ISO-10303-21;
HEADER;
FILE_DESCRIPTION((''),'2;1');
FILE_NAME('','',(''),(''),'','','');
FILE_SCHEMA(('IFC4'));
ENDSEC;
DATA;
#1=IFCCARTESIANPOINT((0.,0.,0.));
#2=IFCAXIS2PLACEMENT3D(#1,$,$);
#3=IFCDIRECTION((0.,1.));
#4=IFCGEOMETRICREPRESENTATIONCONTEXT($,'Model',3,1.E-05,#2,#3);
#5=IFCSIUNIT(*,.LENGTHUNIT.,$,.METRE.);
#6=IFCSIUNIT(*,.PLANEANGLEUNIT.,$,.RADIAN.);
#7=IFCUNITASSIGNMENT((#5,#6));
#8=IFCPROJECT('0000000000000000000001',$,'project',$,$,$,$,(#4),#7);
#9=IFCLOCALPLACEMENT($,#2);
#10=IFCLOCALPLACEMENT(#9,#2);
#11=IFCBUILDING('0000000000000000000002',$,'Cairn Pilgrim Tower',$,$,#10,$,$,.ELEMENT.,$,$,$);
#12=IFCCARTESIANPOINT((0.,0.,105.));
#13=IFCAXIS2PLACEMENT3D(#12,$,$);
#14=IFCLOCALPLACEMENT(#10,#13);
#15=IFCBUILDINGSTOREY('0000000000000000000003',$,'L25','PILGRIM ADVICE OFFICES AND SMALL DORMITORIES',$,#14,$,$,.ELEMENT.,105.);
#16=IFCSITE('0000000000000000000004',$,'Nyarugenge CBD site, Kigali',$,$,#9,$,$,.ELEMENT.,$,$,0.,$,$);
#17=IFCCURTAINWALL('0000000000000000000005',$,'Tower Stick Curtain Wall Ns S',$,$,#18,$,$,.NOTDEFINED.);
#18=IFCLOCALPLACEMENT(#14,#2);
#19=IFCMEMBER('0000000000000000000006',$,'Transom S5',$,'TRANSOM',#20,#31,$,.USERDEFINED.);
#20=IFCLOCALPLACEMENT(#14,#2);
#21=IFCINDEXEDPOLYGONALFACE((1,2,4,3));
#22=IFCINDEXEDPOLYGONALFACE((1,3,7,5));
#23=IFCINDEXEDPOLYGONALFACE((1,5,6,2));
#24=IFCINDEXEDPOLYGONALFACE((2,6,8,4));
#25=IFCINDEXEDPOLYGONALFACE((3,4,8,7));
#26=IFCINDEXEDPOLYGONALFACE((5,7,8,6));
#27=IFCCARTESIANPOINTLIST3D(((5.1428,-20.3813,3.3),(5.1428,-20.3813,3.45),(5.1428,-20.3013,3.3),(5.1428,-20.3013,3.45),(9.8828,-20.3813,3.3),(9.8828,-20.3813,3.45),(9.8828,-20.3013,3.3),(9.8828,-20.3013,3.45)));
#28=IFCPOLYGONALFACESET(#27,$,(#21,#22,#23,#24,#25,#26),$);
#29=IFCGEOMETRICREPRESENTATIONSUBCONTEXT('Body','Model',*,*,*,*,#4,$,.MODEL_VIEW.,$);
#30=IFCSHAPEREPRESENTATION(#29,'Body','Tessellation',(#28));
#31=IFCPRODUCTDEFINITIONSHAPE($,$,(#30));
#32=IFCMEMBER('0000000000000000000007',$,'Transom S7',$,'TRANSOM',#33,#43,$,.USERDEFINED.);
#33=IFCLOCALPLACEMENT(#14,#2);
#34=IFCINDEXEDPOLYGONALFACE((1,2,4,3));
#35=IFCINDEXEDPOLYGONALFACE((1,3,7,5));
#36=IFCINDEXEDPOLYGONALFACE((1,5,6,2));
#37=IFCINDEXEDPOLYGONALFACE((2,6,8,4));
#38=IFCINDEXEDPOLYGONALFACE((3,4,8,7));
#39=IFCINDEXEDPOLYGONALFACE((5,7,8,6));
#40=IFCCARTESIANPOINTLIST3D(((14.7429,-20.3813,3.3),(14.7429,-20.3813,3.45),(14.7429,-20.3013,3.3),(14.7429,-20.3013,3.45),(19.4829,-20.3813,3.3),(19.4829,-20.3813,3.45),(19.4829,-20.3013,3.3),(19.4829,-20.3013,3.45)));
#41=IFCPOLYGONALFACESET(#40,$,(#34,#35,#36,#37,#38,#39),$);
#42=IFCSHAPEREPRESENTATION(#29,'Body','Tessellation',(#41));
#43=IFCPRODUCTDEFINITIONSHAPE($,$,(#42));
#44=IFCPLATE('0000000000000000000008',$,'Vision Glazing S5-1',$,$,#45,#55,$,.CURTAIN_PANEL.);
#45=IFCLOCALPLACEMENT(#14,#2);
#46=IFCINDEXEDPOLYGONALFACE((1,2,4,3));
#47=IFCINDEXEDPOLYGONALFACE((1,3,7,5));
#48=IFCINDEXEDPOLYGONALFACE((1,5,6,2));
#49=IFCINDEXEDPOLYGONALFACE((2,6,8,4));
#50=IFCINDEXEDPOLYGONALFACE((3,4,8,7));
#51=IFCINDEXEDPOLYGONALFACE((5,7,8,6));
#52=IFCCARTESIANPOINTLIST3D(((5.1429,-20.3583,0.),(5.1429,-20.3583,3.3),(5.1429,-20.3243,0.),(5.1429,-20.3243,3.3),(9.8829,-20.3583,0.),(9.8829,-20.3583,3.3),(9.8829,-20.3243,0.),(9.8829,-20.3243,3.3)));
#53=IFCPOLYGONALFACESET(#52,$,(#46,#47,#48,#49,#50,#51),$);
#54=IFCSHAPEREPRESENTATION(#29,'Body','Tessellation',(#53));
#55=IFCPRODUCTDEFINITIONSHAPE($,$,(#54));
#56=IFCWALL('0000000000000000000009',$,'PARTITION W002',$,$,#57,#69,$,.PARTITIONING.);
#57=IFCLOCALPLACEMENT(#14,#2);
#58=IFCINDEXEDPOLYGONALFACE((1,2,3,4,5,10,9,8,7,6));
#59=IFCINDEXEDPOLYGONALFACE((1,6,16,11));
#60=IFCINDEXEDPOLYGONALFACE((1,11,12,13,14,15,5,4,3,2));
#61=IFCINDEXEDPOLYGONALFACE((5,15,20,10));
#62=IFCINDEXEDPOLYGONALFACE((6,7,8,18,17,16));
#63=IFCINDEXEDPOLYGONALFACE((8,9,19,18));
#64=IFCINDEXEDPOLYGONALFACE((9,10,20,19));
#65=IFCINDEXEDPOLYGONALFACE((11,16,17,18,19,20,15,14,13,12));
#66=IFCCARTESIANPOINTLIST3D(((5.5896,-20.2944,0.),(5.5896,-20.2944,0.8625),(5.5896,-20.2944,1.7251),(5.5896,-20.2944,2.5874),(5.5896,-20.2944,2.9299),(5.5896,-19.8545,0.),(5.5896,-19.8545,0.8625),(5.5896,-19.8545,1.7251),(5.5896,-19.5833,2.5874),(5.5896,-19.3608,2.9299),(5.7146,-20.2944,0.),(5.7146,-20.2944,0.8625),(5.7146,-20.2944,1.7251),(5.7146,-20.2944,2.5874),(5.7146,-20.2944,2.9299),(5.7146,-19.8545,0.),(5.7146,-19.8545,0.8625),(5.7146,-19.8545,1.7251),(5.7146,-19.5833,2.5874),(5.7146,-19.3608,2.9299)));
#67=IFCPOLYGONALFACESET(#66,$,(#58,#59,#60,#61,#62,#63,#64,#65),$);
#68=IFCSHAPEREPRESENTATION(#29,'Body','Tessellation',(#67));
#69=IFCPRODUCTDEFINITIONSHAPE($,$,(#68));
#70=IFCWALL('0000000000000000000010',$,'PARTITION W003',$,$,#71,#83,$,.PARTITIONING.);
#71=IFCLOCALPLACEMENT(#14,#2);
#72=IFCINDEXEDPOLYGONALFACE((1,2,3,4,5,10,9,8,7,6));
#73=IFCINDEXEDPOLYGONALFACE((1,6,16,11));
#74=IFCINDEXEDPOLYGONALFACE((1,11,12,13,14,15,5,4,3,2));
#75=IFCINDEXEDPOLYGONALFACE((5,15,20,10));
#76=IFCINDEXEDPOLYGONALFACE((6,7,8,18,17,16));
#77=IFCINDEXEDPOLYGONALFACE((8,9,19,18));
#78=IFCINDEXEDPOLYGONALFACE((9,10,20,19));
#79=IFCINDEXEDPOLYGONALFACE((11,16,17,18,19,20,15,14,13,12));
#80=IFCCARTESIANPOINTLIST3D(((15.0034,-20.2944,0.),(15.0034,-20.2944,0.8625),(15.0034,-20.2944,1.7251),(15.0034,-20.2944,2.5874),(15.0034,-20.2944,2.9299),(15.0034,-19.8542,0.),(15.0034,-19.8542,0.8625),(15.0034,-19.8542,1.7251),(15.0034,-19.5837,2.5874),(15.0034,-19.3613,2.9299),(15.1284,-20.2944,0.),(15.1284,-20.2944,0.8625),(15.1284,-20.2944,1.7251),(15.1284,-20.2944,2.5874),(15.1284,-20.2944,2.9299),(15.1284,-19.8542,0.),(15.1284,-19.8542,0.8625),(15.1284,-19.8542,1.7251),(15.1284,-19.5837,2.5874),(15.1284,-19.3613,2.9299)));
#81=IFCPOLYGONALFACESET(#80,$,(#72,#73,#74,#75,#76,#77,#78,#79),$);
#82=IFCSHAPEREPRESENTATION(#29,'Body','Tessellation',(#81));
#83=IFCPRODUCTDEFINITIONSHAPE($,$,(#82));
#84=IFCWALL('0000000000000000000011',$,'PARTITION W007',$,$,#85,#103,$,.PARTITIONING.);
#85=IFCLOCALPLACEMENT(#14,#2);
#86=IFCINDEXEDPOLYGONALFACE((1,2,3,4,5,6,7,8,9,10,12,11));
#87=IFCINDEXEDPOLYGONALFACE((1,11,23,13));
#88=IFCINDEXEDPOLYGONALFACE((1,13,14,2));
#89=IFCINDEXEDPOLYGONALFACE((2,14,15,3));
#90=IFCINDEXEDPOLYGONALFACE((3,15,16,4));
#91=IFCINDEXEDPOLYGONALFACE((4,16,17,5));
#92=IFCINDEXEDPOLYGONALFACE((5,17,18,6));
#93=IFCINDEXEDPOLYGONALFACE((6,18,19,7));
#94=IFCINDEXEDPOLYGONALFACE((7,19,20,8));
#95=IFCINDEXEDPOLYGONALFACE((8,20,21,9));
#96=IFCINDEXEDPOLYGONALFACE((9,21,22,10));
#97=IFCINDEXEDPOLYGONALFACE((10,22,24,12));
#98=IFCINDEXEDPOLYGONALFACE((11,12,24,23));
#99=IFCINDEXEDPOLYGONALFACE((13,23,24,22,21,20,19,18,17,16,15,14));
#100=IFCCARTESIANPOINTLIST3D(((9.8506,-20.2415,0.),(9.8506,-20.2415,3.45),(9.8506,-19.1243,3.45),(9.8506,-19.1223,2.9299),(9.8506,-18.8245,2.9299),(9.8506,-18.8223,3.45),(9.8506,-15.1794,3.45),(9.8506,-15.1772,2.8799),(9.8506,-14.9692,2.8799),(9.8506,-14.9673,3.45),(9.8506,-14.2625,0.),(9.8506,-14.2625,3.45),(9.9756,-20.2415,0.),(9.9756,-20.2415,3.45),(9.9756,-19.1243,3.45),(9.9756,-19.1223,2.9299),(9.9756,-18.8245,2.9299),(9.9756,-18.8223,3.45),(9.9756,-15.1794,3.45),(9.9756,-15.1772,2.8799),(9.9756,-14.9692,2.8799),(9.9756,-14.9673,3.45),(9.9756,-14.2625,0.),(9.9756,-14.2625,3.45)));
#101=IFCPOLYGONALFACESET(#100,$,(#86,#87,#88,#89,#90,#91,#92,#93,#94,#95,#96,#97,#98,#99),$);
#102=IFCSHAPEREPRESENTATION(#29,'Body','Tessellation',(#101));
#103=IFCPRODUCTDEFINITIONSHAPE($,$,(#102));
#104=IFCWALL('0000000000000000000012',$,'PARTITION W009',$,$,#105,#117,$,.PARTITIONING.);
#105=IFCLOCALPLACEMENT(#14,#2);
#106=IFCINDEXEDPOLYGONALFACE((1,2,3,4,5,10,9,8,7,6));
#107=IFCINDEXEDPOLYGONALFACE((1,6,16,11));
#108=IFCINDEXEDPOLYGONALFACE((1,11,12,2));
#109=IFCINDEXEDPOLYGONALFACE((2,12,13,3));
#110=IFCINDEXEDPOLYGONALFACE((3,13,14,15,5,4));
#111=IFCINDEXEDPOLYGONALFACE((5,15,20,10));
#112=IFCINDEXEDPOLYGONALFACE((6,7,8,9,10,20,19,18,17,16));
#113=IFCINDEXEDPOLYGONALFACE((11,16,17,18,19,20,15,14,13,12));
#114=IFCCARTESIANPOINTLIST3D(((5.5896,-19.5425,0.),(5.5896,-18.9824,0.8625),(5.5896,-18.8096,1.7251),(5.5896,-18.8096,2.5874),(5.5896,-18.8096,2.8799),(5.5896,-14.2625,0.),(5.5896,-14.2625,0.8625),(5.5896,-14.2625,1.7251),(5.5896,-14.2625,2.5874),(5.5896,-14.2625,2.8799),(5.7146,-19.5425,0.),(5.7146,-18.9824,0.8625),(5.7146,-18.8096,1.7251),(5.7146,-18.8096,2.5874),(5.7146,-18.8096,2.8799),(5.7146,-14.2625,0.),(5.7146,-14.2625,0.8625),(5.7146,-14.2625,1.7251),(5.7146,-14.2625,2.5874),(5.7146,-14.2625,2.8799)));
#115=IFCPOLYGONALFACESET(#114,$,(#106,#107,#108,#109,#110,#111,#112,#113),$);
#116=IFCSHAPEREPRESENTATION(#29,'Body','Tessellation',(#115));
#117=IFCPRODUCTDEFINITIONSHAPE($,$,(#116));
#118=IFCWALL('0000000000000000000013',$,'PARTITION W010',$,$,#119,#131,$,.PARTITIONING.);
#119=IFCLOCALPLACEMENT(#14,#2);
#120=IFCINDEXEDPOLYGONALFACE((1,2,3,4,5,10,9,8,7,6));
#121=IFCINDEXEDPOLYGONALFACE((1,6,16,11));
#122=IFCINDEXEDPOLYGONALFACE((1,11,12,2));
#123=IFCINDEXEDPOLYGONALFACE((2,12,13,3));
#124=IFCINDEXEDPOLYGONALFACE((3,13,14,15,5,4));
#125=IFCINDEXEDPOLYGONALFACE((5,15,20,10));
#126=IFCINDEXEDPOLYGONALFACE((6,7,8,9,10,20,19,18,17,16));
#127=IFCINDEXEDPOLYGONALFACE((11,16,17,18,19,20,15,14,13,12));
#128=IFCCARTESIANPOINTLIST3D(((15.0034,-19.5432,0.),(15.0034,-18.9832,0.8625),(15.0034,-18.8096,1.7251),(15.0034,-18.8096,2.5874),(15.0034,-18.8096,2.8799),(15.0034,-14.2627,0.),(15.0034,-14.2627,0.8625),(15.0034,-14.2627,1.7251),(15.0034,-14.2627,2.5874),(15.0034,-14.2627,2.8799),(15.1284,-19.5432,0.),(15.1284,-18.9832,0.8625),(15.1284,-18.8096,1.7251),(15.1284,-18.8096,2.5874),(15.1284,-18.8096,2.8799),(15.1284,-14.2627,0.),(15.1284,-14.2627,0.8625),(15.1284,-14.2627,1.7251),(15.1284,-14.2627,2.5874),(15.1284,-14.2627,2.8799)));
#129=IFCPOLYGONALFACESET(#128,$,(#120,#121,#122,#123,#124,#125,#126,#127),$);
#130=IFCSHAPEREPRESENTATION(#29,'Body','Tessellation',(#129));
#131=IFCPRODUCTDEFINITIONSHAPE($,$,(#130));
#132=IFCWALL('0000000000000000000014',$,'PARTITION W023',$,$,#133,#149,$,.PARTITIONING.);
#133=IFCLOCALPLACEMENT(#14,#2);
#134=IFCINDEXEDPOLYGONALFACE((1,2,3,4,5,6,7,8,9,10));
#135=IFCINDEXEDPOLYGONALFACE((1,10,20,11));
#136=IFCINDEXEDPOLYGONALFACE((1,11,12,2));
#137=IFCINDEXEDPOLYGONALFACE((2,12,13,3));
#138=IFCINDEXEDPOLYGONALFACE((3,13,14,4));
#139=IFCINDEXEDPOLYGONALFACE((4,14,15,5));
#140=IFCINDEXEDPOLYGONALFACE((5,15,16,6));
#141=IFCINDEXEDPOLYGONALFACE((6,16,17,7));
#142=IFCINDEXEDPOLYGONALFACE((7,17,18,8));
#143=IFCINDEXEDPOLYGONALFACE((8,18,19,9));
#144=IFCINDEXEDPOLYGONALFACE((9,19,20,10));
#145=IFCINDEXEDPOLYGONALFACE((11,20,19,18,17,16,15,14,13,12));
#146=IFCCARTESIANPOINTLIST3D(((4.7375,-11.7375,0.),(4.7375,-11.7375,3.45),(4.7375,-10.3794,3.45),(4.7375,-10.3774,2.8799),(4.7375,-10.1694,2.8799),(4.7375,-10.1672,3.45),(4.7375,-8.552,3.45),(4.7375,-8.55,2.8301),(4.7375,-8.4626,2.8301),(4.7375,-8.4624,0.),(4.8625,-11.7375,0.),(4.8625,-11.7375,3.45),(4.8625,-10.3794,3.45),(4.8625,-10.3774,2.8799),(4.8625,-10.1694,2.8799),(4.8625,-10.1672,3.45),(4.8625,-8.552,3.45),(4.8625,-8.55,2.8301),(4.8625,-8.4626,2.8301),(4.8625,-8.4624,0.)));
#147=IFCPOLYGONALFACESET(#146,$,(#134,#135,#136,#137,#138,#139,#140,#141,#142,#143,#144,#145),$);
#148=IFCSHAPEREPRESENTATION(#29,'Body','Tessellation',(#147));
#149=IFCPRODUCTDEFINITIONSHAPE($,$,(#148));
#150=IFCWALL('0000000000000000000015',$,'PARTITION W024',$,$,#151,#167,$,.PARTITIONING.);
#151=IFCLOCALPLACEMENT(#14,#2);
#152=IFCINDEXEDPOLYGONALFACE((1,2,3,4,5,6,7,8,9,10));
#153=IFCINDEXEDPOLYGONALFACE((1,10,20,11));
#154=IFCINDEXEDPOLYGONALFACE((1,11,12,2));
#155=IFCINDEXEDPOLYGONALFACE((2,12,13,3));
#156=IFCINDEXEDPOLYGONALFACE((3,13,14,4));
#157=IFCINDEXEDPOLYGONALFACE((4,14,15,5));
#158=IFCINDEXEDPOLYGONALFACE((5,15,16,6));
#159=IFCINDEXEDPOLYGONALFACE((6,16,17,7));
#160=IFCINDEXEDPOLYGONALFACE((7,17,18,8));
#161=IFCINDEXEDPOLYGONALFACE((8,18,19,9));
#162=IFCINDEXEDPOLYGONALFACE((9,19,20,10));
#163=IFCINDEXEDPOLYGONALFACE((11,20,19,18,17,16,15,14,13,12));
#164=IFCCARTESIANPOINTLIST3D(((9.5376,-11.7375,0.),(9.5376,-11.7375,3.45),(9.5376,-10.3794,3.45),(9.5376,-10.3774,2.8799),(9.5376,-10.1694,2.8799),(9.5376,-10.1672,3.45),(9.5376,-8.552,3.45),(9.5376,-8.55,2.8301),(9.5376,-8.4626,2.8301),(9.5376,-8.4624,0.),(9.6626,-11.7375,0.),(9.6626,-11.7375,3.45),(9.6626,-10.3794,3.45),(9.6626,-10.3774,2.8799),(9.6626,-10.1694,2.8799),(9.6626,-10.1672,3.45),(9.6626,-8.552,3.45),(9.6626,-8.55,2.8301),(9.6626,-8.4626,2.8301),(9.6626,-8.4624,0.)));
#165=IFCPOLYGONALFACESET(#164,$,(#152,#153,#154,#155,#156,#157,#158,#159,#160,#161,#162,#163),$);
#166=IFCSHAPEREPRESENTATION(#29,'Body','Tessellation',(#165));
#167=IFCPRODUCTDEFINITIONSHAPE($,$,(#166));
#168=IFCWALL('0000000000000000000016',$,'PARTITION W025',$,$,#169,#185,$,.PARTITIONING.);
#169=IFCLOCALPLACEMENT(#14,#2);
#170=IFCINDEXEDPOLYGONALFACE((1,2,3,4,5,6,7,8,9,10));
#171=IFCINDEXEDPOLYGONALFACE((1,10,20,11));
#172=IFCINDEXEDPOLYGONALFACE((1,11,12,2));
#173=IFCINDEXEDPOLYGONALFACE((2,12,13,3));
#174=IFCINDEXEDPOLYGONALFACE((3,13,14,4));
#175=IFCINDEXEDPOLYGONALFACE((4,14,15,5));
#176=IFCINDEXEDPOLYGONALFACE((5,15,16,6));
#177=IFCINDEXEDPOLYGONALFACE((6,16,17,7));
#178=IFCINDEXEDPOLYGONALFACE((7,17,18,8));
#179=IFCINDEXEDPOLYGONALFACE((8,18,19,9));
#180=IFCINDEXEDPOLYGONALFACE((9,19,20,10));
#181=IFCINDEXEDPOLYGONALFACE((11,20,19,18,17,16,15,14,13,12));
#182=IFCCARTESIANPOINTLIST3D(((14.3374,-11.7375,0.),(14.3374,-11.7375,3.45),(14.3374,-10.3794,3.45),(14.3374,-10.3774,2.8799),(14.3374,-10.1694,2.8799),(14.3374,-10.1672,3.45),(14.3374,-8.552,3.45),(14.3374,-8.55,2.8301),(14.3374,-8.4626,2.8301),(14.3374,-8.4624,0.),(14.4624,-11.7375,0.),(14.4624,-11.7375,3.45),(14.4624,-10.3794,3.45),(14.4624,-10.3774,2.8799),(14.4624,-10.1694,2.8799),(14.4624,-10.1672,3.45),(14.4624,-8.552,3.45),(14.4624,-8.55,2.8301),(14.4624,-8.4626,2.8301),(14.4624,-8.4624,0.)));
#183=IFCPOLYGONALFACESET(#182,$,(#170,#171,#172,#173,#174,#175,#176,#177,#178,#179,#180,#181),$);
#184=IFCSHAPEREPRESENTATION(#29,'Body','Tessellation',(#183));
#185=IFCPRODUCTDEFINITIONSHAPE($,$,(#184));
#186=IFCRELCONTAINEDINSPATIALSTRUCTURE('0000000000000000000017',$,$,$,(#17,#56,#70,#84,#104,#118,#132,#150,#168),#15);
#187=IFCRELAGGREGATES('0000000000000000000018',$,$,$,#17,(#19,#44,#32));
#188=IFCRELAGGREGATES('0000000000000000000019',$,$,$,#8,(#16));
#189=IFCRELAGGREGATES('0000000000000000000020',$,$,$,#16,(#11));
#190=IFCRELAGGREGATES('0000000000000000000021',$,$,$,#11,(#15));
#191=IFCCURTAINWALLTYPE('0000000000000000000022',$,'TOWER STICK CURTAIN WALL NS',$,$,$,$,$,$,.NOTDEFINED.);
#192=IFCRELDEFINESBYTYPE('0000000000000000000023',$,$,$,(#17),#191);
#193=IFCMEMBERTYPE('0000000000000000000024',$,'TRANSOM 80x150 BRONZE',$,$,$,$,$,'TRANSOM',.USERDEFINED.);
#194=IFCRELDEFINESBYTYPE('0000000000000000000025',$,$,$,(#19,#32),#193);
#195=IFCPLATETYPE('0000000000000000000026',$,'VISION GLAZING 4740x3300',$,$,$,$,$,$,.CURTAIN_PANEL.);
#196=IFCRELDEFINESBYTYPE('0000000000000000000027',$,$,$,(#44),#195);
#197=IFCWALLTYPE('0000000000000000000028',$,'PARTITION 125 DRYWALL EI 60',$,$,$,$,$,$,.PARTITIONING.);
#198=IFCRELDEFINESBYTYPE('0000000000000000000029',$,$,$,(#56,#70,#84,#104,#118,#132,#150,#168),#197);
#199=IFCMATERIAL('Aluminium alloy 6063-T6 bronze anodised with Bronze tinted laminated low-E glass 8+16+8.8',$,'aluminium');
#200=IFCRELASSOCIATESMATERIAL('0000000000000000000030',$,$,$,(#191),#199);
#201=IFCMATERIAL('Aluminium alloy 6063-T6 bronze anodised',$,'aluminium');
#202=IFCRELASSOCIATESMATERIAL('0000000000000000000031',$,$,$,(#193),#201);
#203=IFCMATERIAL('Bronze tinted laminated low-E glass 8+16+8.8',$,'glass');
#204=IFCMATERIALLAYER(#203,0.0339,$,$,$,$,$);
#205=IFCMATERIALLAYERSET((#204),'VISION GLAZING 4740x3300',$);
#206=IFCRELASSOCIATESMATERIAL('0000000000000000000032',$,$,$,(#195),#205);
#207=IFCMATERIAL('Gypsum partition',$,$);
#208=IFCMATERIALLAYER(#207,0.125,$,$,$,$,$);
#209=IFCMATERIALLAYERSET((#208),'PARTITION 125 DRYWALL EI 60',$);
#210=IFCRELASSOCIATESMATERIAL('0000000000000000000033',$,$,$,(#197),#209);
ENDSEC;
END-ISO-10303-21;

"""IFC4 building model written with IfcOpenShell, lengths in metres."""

from ifc_helpers import new_model, si_unit, direction, frame, origin, origin_2d, place, context, subcontext, project, spatial, polyline, rectangle, outline, extrude, material, layer, layer_set, material_profile, profile_set, type_object, element, aggregate, save


model = new_model("IFC4")

# Units and contexts
model_context = context("Model", 3, precision=1e-05, world=origin(), true_north=direction((0.0, 1.0)))
body_context = subcontext(model_context, "Body", "Model", "MODEL_VIEW")
ifc_project = project(units=[si_unit("LENGTHUNIT", "METRE"), si_unit("PLANEANGLEUNIT", "RADIAN")], contexts=[model_context])

# Site, building, storey
site_placement = place(None, origin())
site = spatial("IfcSite", under=ifc_project, at=site_placement, Name="Nyarugenge CBD site, Kigali", CompositionType="ELEMENT", RefElevation=0.0)
building_placement = place(site_placement, origin())
building = spatial("IfcBuilding", under=site, at=building_placement, Name="Cairn Pilgrim Tower", CompositionType="ELEMENT")
storey_placement = place(building_placement, frame((0.0, 0.0, 105.0)))
storey = spatial("IfcBuildingStorey", under=building, at=storey_placement, Name="L25", Description="PILGRIM ADVICE OFFICES AND SMALL DORMITORIES", CompositionType="ELEMENT", Elevation=105.0)

# Curtain wall
ifc_material_1 = material(Name="Aluminium alloy 6063-T6 bronze anodised with Bronze tinted laminated low-E glass 8+16+8.8", Category="aluminium")
curtain_wall_type = type_object("IfcCurtainWallType", Name="TOWER STICK CURTAIN WALL NS", PredefinedType="NOTDEFINED", material=ifc_material_1)
curtain_wall_placement = place(storey_placement, origin())
curtain_wall = element("IfcCurtainWall", 1, at=curtain_wall_placement, inside=storey, type_object=curtain_wall_type, Name="Tower Stick Curtain Wall Ns S", PredefinedType="NOTDEFINED")
ifc_material_2 = material(Name="Aluminium alloy 6063-T6 bronze anodised", Category="aluminium")

# Members
ifc_material_profile_1 = material_profile(ifc_material_2, rectangle(XDim=0.0801, YDim=0.1499, at=origin_2d()), Name="TRANSOM 80x150 BRONZE")
ifc_profile_set_1 = profile_set([ifc_material_profile_1], Name="Aluminium alloy 6063-T6 bronze anodised")
member_type_1 = type_object("IfcMemberType", Name="TRANSOM 80x150 BRONZE", ElementType="TRANSOM", PredefinedType="USERDEFINED", material=ifc_profile_set_1)
member_1_placement = place(storey_placement, frame((5.1428, -20.3413, 3.375), z_axis=(1.0, 0.0, 0.0), x_axis=(0.0, 1.0, 0.0)))
member_1 = element("IfcMember", 2, at=member_1_placement, type_object=member_type_1, Name="Transom S5", ObjectType="TRANSOM", PredefinedType="USERDEFINED", context=body_context, shape_type="SweptSolid", body=[
    extrude(rectangle(XDim=0.0801, YDim=0.1499, at=origin_2d()), origin(), (0.0, 0.0, 1.0), 4.74),
])
member_2_placement = place(storey_placement, frame((14.7429, -20.3413, 3.375), z_axis=(1.0, 0.0, 0.0), x_axis=(0.0, 1.0, 0.0)))
member_2 = element("IfcMember", 3, at=member_2_placement, type_object=member_type_1, Name="Transom S7", ObjectType="TRANSOM", PredefinedType="USERDEFINED", context=body_context, shape_type="SweptSolid", body=[
    extrude(rectangle(XDim=0.0801, YDim=0.1499, at=origin_2d()), origin(), (0.0, 0.0, 1.0), 4.74),
])

# Plate
ifc_material_3 = material(Name="Bronze tinted laminated low-E glass 8+16+8.8", Category="glass")
ifc_layer_1 = layer(ifc_material_3, 0.0339)
ifc_layer_set_1 = layer_set([ifc_layer_1], Name="VISION GLAZING 4740x3300")
plate_type = type_object("IfcPlateType", Name="VISION GLAZING 4740x3300", PredefinedType="CURTAIN_PANEL", material=ifc_layer_set_1)
plate_placement = place(storey_placement, frame((7.5129, -20.3413, 0.0), z_axis=(0.0, 0.0, 1.0), x_axis=(1.0, 0.0, 0.0)))
plate = element("IfcPlate", 4, at=plate_placement, type_object=plate_type, Name="Vision Glazing S5-1", PredefinedType="CURTAIN_PANEL", context=body_context, shape_type="SweptSolid", body=[
    extrude(rectangle(XDim=4.74, YDim=0.0339, at=origin_2d()), origin(), (0.0, 0.0, 1.0), 3.3),
])
aggregate(curtain_wall, [member_1, plate, member_2])

# Walls
ifc_material_4 = material(Name="Gypsum partition")
ifc_layer_2 = layer(ifc_material_4, 0.125)
ifc_layer_set_2 = layer_set([ifc_layer_2], Name="PARTITION 125 DRYWALL EI 60")
wall_type_1 = type_object("IfcWallType", Name="PARTITION 125 DRYWALL EI 60", PredefinedType="PARTITIONING", material=ifc_layer_set_2)
wall_1_placement = place(storey_placement, frame((5.6521, -20.2944, 0.0), z_axis=(0.0, 0.0, 1.0), x_axis=(0.0, 1.0, 0.0)))
element("IfcWall", 5, at=wall_1_placement, inside=storey, type_object=wall_type_1, Name="PARTITION W002", PredefinedType="PARTITIONING", context=body_context, shape_type="SweptSolid", body=[
    extrude(outline(polyline([(0.0, 0.0), (0.4399, 0.0), (0.4399, 0.8625), (0.4399, 1.7251), (0.7112, 2.5874), (0.9336, 2.9299), (0.0, 2.9299), (0.0, 2.5874), (0.0, 1.7251), (0.0, 0.8625), (0.0, 0.0)])), frame((0.0, 0.0625, 0.0), z_axis=(0.0, -1.0, 0.0), x_axis=(1.0, 0.0, 0.0)), (0.0, 0.0, 1.0), 0.125),
])
wall_2_placement = place(storey_placement, frame((15.0659, -20.2944, 0.0), z_axis=(0.0, 0.0, 1.0), x_axis=(0.0, 1.0, 0.0)))
element("IfcWall", 6, at=wall_2_placement, inside=storey, type_object=wall_type_1, Name="PARTITION W003", PredefinedType="PARTITIONING", context=body_context, shape_type="SweptSolid", body=[
    extrude(outline(polyline([(0.0, 0.0), (0.4402, 0.0), (0.4402, 0.8625), (0.4402, 1.7251), (0.7107, 2.5874), (0.9331, 2.9299), (0.0, 2.9299), (0.0, 2.5874), (0.0, 1.7251), (0.0, 0.8625), (0.0, 0.0)])), frame((0.0, 0.0625, 0.0), z_axis=(0.0, -1.0, 0.0), x_axis=(1.0, 0.0, 0.0)), (0.0, 0.0, 1.0), 0.125),
])
wall_3_placement = place(storey_placement, frame((9.9131, -20.2415, 0.0), z_axis=(0.0, 0.0, 1.0), x_axis=(0.0, 1.0, 0.0)))
element("IfcWall", 7, at=wall_3_placement, inside=storey, type_object=wall_type_1, Name="PARTITION W007", PredefinedType="PARTITIONING", context=body_context, shape_type="SweptSolid", body=[
    extrude(outline(polyline([(0.0, 0.0), (5.979, 0.0), (5.979, 3.45), (5.2742, 3.45), (5.2722, 2.8799), (5.0642, 2.8799), (5.062, 3.45), (1.4192, 3.45), (1.417, 2.9299), (1.1191, 2.9299), (1.1172, 3.45), (0.0, 3.45), (0.0, 0.0)])), frame((0.0, 0.0625, 0.0), z_axis=(0.0, -1.0, 0.0), x_axis=(1.0, 0.0, 0.0)), (0.0, 0.0, 1.0), 0.125),
])
wall_4_placement = place(storey_placement, frame((5.6521, -19.5425, 0.0), z_axis=(0.0, 0.0, 1.0), x_axis=(0.0, 1.0, 0.0)))
element("IfcWall", 8, at=wall_4_placement, inside=storey, type_object=wall_type_1, Name="PARTITION W009", PredefinedType="PARTITIONING", context=body_context, shape_type="SweptSolid", body=[
    extrude(outline(polyline([(0.0, 0.0), (5.28, 0.0), (5.28, 0.8625), (5.28, 1.7251), (5.28, 2.5874), (5.28, 2.8799), (0.7329, 2.8799), (0.7329, 2.5874), (0.7329, 1.7251), (0.5601, 0.8625), (0.0, 0.0)])), frame((0.0, 0.0625, 0.0), z_axis=(0.0, -1.0, 0.0), x_axis=(1.0, 0.0, 0.0)), (0.0, 0.0, 1.0), 0.125),
])
wall_5_placement = place(storey_placement, frame((15.0659, -19.5432, 0.0), z_axis=(0.0, 0.0, 1.0), x_axis=(0.0, 1.0, 0.0)))
element("IfcWall", 9, at=wall_5_placement, inside=storey, type_object=wall_type_1, Name="PARTITION W010", PredefinedType="PARTITIONING", context=body_context, shape_type="SweptSolid", body=[
    extrude(outline(polyline([(0.0, 0.0), (5.2805, 0.0), (5.2805, 0.8625), (5.2805, 1.7251), (5.2805, 2.5874), (5.2805, 2.8799), (0.7336, 2.8799), (0.7336, 2.5874), (0.7336, 1.7251), (0.5601, 0.8625), (0.0, 0.0)])), frame((0.0, 0.0625, 0.0), z_axis=(0.0, -1.0, 0.0), x_axis=(1.0, 0.0, 0.0)), (0.0, 0.0, 1.0), 0.125),
])
for number, where, z_axis, x_axis, name in (
    (10, (4.8, -11.7375, 0.0), (0.0, 0.0, 1.0), (0.0, 1.0, 0.0), "PARTITION W023"),
    (11, (9.6001, -11.7375, 0.0), (0.0, 0.0, 1.0), (0.0, 1.0, 0.0), "PARTITION W024"),
    (12, (14.3999, -11.7375, 0.0), (0.0, 0.0, 1.0), (0.0, 1.0, 0.0), "PARTITION W025"),
):
    element("IfcWall", number, at=place(storey_placement, frame(where, z_axis=z_axis, x_axis=x_axis)), inside=storey, type_object=wall_type_1, Name=name, PredefinedType="PARTITIONING", context=body_context, shape_type="SweptSolid", body=[
        extrude(outline(polyline([(0.0, 0.0), (3.2751, 0.0), (3.2749, 2.8301), (3.1875, 2.8301), (3.1855, 3.45), (1.5703, 3.45), (1.5681, 2.8799), (1.3601, 2.8799), (1.3582, 3.45), (0.0, 3.45), (0.0, 0.0)])), frame((0.0, 0.0625, 0.0), z_axis=(0.0, -1.0, 0.0), x_axis=(1.0, 0.0, 0.0)), (0.0, 0.0, 1.0), 0.125),
    ])

save(model, "model.ifc")
